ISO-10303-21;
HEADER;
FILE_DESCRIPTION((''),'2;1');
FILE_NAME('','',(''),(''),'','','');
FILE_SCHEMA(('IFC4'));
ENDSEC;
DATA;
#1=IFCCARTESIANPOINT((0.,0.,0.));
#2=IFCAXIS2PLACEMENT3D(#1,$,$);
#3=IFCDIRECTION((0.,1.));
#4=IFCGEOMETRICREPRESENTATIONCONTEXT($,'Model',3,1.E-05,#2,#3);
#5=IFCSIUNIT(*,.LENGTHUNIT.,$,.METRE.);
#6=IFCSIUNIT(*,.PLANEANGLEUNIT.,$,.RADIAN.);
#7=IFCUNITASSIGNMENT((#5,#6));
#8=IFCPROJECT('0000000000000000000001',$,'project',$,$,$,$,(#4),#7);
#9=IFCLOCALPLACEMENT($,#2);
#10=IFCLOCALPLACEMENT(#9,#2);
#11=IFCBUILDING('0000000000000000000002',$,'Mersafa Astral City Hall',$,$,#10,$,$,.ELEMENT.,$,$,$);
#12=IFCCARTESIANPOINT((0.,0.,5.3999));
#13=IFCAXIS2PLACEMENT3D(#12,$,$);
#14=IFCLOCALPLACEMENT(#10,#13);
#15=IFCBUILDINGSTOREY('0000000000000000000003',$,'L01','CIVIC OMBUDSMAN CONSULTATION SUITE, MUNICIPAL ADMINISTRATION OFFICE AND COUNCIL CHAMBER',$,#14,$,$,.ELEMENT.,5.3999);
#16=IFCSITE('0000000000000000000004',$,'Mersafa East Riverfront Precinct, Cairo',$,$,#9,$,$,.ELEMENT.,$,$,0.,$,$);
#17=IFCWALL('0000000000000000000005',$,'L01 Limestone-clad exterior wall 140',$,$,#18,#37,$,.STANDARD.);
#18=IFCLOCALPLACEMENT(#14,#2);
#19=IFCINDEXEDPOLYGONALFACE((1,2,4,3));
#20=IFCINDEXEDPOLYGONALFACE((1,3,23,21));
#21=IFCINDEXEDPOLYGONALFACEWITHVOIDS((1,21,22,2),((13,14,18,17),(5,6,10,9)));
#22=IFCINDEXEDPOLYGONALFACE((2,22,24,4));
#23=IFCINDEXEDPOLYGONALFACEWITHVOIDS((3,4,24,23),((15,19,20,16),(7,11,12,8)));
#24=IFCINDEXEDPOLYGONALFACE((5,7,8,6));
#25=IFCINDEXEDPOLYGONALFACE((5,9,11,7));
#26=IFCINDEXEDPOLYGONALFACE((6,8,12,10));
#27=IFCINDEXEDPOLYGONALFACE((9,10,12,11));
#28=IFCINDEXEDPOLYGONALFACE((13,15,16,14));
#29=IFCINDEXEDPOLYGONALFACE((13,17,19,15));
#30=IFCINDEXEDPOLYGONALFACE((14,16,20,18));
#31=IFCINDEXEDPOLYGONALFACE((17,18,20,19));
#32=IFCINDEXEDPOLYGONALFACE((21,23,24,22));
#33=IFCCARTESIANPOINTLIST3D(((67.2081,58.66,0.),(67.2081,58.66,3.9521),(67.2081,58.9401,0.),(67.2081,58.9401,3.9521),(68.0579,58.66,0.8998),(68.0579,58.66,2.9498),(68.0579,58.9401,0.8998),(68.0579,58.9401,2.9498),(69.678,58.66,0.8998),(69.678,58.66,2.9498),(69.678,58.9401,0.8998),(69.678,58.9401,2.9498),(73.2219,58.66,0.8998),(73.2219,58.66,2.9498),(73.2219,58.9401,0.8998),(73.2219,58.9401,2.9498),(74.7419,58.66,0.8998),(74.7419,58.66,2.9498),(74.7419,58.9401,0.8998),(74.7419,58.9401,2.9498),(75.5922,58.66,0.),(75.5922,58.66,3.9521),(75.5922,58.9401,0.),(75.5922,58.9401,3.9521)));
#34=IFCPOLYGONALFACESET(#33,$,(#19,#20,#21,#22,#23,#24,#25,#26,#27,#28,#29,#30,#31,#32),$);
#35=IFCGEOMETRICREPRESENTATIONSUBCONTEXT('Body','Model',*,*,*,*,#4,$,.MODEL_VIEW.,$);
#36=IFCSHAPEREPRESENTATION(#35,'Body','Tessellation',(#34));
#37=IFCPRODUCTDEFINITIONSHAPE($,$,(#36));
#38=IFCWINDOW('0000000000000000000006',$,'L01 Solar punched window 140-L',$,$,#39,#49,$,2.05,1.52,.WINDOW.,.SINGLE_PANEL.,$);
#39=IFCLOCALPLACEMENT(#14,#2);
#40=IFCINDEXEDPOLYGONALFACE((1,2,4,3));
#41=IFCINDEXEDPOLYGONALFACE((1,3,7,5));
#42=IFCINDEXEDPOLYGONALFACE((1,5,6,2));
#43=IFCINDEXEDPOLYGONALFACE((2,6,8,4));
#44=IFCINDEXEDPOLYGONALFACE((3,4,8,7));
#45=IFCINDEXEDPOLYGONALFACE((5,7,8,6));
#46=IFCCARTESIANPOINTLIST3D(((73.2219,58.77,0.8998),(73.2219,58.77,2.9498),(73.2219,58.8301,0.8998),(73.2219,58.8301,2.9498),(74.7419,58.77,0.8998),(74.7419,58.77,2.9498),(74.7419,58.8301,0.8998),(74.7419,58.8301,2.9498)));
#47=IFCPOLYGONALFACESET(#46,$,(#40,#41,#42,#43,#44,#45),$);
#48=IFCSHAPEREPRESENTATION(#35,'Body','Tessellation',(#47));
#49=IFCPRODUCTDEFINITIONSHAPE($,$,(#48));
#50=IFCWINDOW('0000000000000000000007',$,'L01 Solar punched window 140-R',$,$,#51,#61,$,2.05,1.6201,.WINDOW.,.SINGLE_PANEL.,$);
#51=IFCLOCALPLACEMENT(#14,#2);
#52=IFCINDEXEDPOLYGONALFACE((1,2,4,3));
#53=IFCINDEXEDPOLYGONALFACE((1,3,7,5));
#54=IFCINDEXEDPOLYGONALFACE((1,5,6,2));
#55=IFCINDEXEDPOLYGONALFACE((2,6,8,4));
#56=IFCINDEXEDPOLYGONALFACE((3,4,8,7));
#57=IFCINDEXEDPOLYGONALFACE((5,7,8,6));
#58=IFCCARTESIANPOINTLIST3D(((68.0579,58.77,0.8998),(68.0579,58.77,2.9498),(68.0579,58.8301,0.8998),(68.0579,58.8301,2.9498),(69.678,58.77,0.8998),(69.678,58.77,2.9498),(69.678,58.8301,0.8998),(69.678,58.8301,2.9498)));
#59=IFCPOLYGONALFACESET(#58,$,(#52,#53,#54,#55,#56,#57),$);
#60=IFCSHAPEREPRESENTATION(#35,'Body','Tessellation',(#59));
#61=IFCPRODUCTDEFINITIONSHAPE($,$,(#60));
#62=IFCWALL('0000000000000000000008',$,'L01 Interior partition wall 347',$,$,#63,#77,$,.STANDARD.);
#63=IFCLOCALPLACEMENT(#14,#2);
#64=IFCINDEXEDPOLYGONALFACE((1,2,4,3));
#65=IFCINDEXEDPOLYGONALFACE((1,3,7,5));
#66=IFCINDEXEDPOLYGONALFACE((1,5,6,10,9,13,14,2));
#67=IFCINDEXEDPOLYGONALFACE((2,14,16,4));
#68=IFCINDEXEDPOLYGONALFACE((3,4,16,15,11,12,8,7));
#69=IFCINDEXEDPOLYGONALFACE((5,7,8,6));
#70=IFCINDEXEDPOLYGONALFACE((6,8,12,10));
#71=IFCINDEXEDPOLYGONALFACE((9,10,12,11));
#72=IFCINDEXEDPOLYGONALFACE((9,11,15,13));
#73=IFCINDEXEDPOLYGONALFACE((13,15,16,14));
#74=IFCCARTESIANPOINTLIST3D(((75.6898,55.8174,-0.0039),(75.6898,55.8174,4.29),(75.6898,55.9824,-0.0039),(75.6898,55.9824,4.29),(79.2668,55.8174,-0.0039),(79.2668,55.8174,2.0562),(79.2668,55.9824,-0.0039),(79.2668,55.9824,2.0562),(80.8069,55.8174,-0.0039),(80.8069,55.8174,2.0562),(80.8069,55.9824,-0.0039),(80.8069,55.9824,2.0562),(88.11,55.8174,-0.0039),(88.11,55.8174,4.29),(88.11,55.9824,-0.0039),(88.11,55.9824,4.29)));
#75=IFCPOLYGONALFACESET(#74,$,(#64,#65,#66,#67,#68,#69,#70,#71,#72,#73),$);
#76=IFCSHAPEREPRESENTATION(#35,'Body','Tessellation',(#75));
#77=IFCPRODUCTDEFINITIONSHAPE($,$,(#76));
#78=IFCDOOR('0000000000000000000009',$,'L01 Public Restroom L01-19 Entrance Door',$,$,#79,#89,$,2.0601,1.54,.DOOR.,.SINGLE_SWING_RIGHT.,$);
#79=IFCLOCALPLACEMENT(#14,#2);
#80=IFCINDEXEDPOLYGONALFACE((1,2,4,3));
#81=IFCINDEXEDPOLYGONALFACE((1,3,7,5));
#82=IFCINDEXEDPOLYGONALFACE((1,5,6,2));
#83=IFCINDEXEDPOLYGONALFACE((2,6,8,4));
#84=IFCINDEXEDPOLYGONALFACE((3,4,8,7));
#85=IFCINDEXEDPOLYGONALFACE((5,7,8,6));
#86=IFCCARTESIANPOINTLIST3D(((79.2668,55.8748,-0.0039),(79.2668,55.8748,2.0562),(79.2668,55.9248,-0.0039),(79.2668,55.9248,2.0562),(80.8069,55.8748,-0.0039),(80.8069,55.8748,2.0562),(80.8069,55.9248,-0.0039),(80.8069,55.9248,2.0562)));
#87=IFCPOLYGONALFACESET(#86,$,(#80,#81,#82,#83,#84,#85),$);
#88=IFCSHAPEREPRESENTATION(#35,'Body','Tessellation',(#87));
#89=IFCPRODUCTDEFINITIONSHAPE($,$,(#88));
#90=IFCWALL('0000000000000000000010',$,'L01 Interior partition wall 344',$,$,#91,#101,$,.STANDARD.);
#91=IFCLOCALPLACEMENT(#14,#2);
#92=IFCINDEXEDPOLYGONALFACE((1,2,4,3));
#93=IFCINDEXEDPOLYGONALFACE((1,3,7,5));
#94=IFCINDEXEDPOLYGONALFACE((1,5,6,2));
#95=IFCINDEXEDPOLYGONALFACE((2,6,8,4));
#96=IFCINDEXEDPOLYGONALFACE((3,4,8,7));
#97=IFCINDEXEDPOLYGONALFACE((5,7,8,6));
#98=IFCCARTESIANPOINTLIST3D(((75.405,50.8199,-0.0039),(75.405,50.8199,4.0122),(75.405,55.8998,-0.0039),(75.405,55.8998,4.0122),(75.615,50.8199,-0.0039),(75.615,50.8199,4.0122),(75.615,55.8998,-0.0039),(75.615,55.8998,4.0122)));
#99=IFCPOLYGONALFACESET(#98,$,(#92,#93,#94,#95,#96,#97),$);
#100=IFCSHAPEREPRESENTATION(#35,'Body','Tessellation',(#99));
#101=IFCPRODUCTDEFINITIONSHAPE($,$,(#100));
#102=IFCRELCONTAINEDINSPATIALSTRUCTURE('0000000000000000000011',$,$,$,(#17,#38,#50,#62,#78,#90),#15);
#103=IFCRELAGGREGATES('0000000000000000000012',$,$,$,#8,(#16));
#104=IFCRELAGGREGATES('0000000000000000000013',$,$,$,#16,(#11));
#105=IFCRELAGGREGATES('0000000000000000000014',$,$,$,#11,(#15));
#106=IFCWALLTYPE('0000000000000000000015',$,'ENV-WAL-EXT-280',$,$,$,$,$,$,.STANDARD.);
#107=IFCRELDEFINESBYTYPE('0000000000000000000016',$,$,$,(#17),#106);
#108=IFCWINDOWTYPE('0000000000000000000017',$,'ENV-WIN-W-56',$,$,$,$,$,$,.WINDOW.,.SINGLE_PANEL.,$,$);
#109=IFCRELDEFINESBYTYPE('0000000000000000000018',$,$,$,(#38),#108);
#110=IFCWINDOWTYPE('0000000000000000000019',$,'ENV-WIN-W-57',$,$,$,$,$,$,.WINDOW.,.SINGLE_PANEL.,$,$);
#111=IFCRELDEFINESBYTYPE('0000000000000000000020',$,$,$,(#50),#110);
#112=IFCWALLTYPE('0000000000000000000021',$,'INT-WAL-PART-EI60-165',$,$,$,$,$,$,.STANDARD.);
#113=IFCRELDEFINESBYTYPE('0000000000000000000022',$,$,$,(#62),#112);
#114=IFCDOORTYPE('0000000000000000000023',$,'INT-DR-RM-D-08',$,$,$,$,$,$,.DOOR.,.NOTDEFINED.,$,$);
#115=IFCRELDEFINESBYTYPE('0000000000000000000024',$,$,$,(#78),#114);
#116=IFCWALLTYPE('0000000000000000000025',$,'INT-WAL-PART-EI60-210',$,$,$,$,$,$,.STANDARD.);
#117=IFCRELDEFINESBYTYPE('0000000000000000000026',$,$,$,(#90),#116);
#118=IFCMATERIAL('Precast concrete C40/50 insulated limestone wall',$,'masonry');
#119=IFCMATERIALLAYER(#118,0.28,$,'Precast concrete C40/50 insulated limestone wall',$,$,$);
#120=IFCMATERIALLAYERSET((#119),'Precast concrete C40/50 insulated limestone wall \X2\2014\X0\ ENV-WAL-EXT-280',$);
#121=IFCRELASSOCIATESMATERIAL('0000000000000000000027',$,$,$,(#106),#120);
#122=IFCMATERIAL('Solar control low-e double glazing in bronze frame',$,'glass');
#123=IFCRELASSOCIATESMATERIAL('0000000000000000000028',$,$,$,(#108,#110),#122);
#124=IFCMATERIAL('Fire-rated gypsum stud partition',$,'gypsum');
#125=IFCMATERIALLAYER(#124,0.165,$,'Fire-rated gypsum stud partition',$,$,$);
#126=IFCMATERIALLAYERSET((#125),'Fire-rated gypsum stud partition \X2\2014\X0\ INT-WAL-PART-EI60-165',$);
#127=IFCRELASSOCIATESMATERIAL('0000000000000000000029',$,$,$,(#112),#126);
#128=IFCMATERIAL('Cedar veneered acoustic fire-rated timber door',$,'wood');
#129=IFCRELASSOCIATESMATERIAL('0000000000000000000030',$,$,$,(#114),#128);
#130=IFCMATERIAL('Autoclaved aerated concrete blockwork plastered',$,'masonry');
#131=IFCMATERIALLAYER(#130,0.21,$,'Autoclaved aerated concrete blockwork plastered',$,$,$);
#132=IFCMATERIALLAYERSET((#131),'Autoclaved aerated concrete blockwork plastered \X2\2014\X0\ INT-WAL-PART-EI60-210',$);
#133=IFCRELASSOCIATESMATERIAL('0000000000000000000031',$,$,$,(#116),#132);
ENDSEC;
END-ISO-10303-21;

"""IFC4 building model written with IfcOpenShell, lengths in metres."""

from ifc_helpers import new_model, si_unit, direction, frame, frame_2d, origin, place, context, subcontext, project, spatial, rectangle, extrude, material, layer, layer_set, type_object, element, fill, save


model = new_model("IFC4")

# Units and contexts
model_context = context("Model", 3, precision=1e-05, world=origin(), true_north=direction((0.0, 1.0)))
body_context = subcontext(model_context, "Body", "Model", "MODEL_VIEW")
ifc_project = project(units=[si_unit("LENGTHUNIT", "METRE"), si_unit("PLANEANGLEUNIT", "RADIAN")], contexts=[model_context])

# Site, building, storey
site_placement = place(None, origin())
site = spatial("IfcSite", under=ifc_project, at=site_placement, Name="Mersafa East Riverfront Precinct, Cairo", CompositionType="ELEMENT", RefElevation=0.0)
building_placement = place(site_placement, origin())
building = spatial("IfcBuilding", under=site, at=building_placement, Name="Mersafa Astral City Hall", CompositionType="ELEMENT")
storey_placement = place(building_placement, frame((0.0, 0.0, 5.3999)))
storey = spatial("IfcBuildingStorey", under=building, at=storey_placement, Name="L01", Description="CIVIC OMBUDSMAN CONSULTATION SUITE, MUNICIPAL ADMINISTRATION OFFICE AND COUNCIL CHAMBER", CompositionType="ELEMENT", Elevation=5.3999)

# Wall, openings, windows
ifc_material_1 = material(Name="Precast concrete C40/50 insulated limestone wall", Category="masonry")
ifc_layer_1 = layer(ifc_material_1, 0.28, Name="Precast concrete C40/50 insulated limestone wall")
ifc_layer_set_1 = layer_set([ifc_layer_1], Name="Precast concrete C40/50 insulated limestone wall — ENV-WAL-EXT-280")
wall_type_1 = type_object("IfcWallType", Name="ENV-WAL-EXT-280", PredefinedType="STANDARD", material=ifc_layer_set_1)
wall_1_placement = place(storey_placement, frame((75.592, 58.8, 0.0), z_axis=(0.0, 0.0, 1.0), x_axis=(-1.0, 0.0, 0.0)))
wall_1 = element("IfcWall", 1, at=wall_1_placement, inside=storey, type_object=wall_type_1, Name="L01 Limestone-clad exterior wall 140", PredefinedType="STANDARD", context=body_context, shape_type="SweptSolid", body=[
    extrude(rectangle(XDim=8.384, YDim=0.28, at=frame_2d((4.1919, 0.0))), origin(), (0.0, 0.0, 1.0), 3.9521),
])
opening_1_placement = place(wall_1_placement, frame((0.8501, 0.0, 0.8999)))
opening_1 = element("IfcOpeningElement", 2, at=opening_1_placement, cuts=wall_1, PredefinedType="OPENING", context=body_context, shape_type="SweptSolid", body=[
    extrude(rectangle(XDim=1.52, YDim=2.05, at=frame_2d((0.76, 1.0249))), frame((0.0, 0.1499, 0.0), z_axis=(0.0, -1.0, 0.0), x_axis=(1.0, 0.0, 0.0)), (0.0, 0.0, 1.0), 0.3),
])
opening_2_placement = place(wall_1_placement, frame((5.9141, 0.0, 0.8999)))
opening_2 = element("IfcOpeningElement", 3, at=opening_2_placement, cuts=wall_1, PredefinedType="OPENING", context=body_context, shape_type="SweptSolid", body=[
    extrude(rectangle(XDim=1.6201, YDim=2.05, at=frame_2d((0.8101, 1.0249))), frame((0.0, 0.1499, 0.0), z_axis=(0.0, -1.0, 0.0), x_axis=(1.0, 0.0, 0.0)), (0.0, 0.0, 1.0), 0.3),
])
ifc_material_2 = material(Name="Solar control low-e double glazing in bronze frame", Category="glass")
window_type_1 = type_object("IfcWindowType", Name="ENV-WIN-W-56", PartitioningType="SINGLE_PANEL", PredefinedType="WINDOW", material=ifc_material_2)
window_1_placement = place(opening_1_placement, origin())
window_1 = element("IfcWindow", 4, at=window_1_placement, inside=storey, type_object=window_type_1, Name="L01 Solar punched window 140-L", OverallHeight=2.05, OverallWidth=1.52, PartitioningType="SINGLE_PANEL", PredefinedType="WINDOW", context=body_context, shape_type="SweptSolid", body=[
    extrude(rectangle(XDim=1.52, YDim=2.05, at=frame_2d((0.76, 1.0249))), frame((0.0, 0.03, 0.0), z_axis=(0.0, -1.0, 0.0), x_axis=(1.0, 0.0, 0.0)), (0.0, 0.0, 1.0), 0.0601),
])
fill(opening_1, window_1)
window_type_2 = type_object("IfcWindowType", Name="ENV-WIN-W-57", PartitioningType="SINGLE_PANEL", PredefinedType="WINDOW", material=ifc_material_2)
window_2_placement = place(opening_2_placement, origin())
window_2 = element("IfcWindow", 5, at=window_2_placement, inside=storey, type_object=window_type_2, Name="L01 Solar punched window 140-R", OverallHeight=2.05, OverallWidth=1.6201, PartitioningType="SINGLE_PANEL", PredefinedType="WINDOW", context=body_context, shape_type="SweptSolid", body=[
    extrude(rectangle(XDim=1.6201, YDim=2.05, at=frame_2d((0.8101, 1.0249))), frame((0.0, 0.03, 0.0), z_axis=(0.0, -1.0, 0.0), x_axis=(1.0, 0.0, 0.0)), (0.0, 0.0, 1.0), 0.0601),
])
fill(opening_2, window_2)

# Wall, opening, door
ifc_material_3 = material(Name="Fire-rated gypsum stud partition", Category="gypsum")
ifc_layer_2 = layer(ifc_material_3, 0.165, Name="Fire-rated gypsum stud partition")
ifc_layer_set_2 = layer_set([ifc_layer_2], Name="Fire-rated gypsum stud partition — INT-WAL-PART-EI60-165")
wall_type_2 = type_object("IfcWallType", Name="INT-WAL-PART-EI60-165", PredefinedType="STANDARD", material=ifc_layer_set_2)
wall_2_placement = place(storey_placement, frame((75.6899, 55.8999, -0.0039), z_axis=(0.0, 0.0, 1.0), x_axis=(1.0, 0.0, 0.0)))
wall_2 = element("IfcWall", 6, at=wall_2_placement, inside=storey, type_object=wall_type_2, Name="L01 Interior partition wall 347", PredefinedType="STANDARD", context=body_context, shape_type="SweptSolid", body=[
    extrude(rectangle(XDim=12.4202, YDim=0.165, at=frame_2d((6.21, 0.0))), origin(), (0.0, 0.0, 1.0), 4.2939),
])
opening_3_placement = place(wall_2_placement, frame((3.5769, 0.0, 0.0)))
opening_3 = element("IfcOpeningElement", 7, at=opening_3_placement, cuts=wall_2, PredefinedType="OPENING", context=body_context, shape_type="SweptSolid", body=[
    extrude(rectangle(XDim=1.54, YDim=2.0601, at=frame_2d((0.77, 1.03))), frame((0.0, 0.0925, 0.0), z_axis=(0.0, -1.0, 0.0), x_axis=(1.0, 0.0, 0.0)), (0.0, 0.0, 1.0), 0.1851),
])
ifc_material_4 = material(Name="Cedar veneered acoustic fire-rated timber door", Category="wood")
door_type = type_object("IfcDoorType", Name="INT-DR-RM-D-08", OperationType="NOTDEFINED", PredefinedType="DOOR", material=ifc_material_4)
door_placement = place(opening_3_placement, origin())
door = element("IfcDoor", 8, at=door_placement, inside=storey, type_object=door_type, Name="L01 Public Restroom L01-19 Entrance Door", OperationType="SINGLE_SWING_RIGHT", OverallHeight=2.0601, OverallWidth=1.54, PredefinedType="DOOR", context=body_context, shape_type="SweptSolid", body=[
    extrude(rectangle(XDim=1.54, YDim=2.0601, at=frame_2d((0.77, 1.03))), frame((0.0, 0.0249, 0.0), z_axis=(0.0, -1.0, 0.0), x_axis=(1.0, 0.0, 0.0)), (0.0, 0.0, 1.0), 0.05),
])
fill(opening_3, door)

# Wall
ifc_material_5 = material(Name="Autoclaved aerated concrete blockwork plastered", Category="masonry")
ifc_layer_3 = layer(ifc_material_5, 0.21, Name="Autoclaved aerated concrete blockwork plastered")
ifc_layer_set_3 = layer_set([ifc_layer_3], Name="Autoclaved aerated concrete blockwork plastered — INT-WAL-PART-EI60-210")
wall_type_3 = type_object("IfcWallType", Name="INT-WAL-PART-EI60-210", PredefinedType="STANDARD", material=ifc_layer_set_3)
wall_3_placement = place(storey_placement, frame((75.51, 55.8999, -0.0039), z_axis=(0.0, 0.0, 1.0), x_axis=(0.0, -1.0, 0.0)))
element("IfcWall", 9, at=wall_3_placement, inside=storey, type_object=wall_type_3, Name="L01 Interior partition wall 344", PredefinedType="STANDARD", context=body_context, shape_type="SweptSolid", body=[
    extrude(rectangle(XDim=5.0798, YDim=0.21, at=frame_2d((2.54, 0.0))), origin(), (0.0, 0.0, 1.0), 4.0161),
])

save(model, "model.ifc")
